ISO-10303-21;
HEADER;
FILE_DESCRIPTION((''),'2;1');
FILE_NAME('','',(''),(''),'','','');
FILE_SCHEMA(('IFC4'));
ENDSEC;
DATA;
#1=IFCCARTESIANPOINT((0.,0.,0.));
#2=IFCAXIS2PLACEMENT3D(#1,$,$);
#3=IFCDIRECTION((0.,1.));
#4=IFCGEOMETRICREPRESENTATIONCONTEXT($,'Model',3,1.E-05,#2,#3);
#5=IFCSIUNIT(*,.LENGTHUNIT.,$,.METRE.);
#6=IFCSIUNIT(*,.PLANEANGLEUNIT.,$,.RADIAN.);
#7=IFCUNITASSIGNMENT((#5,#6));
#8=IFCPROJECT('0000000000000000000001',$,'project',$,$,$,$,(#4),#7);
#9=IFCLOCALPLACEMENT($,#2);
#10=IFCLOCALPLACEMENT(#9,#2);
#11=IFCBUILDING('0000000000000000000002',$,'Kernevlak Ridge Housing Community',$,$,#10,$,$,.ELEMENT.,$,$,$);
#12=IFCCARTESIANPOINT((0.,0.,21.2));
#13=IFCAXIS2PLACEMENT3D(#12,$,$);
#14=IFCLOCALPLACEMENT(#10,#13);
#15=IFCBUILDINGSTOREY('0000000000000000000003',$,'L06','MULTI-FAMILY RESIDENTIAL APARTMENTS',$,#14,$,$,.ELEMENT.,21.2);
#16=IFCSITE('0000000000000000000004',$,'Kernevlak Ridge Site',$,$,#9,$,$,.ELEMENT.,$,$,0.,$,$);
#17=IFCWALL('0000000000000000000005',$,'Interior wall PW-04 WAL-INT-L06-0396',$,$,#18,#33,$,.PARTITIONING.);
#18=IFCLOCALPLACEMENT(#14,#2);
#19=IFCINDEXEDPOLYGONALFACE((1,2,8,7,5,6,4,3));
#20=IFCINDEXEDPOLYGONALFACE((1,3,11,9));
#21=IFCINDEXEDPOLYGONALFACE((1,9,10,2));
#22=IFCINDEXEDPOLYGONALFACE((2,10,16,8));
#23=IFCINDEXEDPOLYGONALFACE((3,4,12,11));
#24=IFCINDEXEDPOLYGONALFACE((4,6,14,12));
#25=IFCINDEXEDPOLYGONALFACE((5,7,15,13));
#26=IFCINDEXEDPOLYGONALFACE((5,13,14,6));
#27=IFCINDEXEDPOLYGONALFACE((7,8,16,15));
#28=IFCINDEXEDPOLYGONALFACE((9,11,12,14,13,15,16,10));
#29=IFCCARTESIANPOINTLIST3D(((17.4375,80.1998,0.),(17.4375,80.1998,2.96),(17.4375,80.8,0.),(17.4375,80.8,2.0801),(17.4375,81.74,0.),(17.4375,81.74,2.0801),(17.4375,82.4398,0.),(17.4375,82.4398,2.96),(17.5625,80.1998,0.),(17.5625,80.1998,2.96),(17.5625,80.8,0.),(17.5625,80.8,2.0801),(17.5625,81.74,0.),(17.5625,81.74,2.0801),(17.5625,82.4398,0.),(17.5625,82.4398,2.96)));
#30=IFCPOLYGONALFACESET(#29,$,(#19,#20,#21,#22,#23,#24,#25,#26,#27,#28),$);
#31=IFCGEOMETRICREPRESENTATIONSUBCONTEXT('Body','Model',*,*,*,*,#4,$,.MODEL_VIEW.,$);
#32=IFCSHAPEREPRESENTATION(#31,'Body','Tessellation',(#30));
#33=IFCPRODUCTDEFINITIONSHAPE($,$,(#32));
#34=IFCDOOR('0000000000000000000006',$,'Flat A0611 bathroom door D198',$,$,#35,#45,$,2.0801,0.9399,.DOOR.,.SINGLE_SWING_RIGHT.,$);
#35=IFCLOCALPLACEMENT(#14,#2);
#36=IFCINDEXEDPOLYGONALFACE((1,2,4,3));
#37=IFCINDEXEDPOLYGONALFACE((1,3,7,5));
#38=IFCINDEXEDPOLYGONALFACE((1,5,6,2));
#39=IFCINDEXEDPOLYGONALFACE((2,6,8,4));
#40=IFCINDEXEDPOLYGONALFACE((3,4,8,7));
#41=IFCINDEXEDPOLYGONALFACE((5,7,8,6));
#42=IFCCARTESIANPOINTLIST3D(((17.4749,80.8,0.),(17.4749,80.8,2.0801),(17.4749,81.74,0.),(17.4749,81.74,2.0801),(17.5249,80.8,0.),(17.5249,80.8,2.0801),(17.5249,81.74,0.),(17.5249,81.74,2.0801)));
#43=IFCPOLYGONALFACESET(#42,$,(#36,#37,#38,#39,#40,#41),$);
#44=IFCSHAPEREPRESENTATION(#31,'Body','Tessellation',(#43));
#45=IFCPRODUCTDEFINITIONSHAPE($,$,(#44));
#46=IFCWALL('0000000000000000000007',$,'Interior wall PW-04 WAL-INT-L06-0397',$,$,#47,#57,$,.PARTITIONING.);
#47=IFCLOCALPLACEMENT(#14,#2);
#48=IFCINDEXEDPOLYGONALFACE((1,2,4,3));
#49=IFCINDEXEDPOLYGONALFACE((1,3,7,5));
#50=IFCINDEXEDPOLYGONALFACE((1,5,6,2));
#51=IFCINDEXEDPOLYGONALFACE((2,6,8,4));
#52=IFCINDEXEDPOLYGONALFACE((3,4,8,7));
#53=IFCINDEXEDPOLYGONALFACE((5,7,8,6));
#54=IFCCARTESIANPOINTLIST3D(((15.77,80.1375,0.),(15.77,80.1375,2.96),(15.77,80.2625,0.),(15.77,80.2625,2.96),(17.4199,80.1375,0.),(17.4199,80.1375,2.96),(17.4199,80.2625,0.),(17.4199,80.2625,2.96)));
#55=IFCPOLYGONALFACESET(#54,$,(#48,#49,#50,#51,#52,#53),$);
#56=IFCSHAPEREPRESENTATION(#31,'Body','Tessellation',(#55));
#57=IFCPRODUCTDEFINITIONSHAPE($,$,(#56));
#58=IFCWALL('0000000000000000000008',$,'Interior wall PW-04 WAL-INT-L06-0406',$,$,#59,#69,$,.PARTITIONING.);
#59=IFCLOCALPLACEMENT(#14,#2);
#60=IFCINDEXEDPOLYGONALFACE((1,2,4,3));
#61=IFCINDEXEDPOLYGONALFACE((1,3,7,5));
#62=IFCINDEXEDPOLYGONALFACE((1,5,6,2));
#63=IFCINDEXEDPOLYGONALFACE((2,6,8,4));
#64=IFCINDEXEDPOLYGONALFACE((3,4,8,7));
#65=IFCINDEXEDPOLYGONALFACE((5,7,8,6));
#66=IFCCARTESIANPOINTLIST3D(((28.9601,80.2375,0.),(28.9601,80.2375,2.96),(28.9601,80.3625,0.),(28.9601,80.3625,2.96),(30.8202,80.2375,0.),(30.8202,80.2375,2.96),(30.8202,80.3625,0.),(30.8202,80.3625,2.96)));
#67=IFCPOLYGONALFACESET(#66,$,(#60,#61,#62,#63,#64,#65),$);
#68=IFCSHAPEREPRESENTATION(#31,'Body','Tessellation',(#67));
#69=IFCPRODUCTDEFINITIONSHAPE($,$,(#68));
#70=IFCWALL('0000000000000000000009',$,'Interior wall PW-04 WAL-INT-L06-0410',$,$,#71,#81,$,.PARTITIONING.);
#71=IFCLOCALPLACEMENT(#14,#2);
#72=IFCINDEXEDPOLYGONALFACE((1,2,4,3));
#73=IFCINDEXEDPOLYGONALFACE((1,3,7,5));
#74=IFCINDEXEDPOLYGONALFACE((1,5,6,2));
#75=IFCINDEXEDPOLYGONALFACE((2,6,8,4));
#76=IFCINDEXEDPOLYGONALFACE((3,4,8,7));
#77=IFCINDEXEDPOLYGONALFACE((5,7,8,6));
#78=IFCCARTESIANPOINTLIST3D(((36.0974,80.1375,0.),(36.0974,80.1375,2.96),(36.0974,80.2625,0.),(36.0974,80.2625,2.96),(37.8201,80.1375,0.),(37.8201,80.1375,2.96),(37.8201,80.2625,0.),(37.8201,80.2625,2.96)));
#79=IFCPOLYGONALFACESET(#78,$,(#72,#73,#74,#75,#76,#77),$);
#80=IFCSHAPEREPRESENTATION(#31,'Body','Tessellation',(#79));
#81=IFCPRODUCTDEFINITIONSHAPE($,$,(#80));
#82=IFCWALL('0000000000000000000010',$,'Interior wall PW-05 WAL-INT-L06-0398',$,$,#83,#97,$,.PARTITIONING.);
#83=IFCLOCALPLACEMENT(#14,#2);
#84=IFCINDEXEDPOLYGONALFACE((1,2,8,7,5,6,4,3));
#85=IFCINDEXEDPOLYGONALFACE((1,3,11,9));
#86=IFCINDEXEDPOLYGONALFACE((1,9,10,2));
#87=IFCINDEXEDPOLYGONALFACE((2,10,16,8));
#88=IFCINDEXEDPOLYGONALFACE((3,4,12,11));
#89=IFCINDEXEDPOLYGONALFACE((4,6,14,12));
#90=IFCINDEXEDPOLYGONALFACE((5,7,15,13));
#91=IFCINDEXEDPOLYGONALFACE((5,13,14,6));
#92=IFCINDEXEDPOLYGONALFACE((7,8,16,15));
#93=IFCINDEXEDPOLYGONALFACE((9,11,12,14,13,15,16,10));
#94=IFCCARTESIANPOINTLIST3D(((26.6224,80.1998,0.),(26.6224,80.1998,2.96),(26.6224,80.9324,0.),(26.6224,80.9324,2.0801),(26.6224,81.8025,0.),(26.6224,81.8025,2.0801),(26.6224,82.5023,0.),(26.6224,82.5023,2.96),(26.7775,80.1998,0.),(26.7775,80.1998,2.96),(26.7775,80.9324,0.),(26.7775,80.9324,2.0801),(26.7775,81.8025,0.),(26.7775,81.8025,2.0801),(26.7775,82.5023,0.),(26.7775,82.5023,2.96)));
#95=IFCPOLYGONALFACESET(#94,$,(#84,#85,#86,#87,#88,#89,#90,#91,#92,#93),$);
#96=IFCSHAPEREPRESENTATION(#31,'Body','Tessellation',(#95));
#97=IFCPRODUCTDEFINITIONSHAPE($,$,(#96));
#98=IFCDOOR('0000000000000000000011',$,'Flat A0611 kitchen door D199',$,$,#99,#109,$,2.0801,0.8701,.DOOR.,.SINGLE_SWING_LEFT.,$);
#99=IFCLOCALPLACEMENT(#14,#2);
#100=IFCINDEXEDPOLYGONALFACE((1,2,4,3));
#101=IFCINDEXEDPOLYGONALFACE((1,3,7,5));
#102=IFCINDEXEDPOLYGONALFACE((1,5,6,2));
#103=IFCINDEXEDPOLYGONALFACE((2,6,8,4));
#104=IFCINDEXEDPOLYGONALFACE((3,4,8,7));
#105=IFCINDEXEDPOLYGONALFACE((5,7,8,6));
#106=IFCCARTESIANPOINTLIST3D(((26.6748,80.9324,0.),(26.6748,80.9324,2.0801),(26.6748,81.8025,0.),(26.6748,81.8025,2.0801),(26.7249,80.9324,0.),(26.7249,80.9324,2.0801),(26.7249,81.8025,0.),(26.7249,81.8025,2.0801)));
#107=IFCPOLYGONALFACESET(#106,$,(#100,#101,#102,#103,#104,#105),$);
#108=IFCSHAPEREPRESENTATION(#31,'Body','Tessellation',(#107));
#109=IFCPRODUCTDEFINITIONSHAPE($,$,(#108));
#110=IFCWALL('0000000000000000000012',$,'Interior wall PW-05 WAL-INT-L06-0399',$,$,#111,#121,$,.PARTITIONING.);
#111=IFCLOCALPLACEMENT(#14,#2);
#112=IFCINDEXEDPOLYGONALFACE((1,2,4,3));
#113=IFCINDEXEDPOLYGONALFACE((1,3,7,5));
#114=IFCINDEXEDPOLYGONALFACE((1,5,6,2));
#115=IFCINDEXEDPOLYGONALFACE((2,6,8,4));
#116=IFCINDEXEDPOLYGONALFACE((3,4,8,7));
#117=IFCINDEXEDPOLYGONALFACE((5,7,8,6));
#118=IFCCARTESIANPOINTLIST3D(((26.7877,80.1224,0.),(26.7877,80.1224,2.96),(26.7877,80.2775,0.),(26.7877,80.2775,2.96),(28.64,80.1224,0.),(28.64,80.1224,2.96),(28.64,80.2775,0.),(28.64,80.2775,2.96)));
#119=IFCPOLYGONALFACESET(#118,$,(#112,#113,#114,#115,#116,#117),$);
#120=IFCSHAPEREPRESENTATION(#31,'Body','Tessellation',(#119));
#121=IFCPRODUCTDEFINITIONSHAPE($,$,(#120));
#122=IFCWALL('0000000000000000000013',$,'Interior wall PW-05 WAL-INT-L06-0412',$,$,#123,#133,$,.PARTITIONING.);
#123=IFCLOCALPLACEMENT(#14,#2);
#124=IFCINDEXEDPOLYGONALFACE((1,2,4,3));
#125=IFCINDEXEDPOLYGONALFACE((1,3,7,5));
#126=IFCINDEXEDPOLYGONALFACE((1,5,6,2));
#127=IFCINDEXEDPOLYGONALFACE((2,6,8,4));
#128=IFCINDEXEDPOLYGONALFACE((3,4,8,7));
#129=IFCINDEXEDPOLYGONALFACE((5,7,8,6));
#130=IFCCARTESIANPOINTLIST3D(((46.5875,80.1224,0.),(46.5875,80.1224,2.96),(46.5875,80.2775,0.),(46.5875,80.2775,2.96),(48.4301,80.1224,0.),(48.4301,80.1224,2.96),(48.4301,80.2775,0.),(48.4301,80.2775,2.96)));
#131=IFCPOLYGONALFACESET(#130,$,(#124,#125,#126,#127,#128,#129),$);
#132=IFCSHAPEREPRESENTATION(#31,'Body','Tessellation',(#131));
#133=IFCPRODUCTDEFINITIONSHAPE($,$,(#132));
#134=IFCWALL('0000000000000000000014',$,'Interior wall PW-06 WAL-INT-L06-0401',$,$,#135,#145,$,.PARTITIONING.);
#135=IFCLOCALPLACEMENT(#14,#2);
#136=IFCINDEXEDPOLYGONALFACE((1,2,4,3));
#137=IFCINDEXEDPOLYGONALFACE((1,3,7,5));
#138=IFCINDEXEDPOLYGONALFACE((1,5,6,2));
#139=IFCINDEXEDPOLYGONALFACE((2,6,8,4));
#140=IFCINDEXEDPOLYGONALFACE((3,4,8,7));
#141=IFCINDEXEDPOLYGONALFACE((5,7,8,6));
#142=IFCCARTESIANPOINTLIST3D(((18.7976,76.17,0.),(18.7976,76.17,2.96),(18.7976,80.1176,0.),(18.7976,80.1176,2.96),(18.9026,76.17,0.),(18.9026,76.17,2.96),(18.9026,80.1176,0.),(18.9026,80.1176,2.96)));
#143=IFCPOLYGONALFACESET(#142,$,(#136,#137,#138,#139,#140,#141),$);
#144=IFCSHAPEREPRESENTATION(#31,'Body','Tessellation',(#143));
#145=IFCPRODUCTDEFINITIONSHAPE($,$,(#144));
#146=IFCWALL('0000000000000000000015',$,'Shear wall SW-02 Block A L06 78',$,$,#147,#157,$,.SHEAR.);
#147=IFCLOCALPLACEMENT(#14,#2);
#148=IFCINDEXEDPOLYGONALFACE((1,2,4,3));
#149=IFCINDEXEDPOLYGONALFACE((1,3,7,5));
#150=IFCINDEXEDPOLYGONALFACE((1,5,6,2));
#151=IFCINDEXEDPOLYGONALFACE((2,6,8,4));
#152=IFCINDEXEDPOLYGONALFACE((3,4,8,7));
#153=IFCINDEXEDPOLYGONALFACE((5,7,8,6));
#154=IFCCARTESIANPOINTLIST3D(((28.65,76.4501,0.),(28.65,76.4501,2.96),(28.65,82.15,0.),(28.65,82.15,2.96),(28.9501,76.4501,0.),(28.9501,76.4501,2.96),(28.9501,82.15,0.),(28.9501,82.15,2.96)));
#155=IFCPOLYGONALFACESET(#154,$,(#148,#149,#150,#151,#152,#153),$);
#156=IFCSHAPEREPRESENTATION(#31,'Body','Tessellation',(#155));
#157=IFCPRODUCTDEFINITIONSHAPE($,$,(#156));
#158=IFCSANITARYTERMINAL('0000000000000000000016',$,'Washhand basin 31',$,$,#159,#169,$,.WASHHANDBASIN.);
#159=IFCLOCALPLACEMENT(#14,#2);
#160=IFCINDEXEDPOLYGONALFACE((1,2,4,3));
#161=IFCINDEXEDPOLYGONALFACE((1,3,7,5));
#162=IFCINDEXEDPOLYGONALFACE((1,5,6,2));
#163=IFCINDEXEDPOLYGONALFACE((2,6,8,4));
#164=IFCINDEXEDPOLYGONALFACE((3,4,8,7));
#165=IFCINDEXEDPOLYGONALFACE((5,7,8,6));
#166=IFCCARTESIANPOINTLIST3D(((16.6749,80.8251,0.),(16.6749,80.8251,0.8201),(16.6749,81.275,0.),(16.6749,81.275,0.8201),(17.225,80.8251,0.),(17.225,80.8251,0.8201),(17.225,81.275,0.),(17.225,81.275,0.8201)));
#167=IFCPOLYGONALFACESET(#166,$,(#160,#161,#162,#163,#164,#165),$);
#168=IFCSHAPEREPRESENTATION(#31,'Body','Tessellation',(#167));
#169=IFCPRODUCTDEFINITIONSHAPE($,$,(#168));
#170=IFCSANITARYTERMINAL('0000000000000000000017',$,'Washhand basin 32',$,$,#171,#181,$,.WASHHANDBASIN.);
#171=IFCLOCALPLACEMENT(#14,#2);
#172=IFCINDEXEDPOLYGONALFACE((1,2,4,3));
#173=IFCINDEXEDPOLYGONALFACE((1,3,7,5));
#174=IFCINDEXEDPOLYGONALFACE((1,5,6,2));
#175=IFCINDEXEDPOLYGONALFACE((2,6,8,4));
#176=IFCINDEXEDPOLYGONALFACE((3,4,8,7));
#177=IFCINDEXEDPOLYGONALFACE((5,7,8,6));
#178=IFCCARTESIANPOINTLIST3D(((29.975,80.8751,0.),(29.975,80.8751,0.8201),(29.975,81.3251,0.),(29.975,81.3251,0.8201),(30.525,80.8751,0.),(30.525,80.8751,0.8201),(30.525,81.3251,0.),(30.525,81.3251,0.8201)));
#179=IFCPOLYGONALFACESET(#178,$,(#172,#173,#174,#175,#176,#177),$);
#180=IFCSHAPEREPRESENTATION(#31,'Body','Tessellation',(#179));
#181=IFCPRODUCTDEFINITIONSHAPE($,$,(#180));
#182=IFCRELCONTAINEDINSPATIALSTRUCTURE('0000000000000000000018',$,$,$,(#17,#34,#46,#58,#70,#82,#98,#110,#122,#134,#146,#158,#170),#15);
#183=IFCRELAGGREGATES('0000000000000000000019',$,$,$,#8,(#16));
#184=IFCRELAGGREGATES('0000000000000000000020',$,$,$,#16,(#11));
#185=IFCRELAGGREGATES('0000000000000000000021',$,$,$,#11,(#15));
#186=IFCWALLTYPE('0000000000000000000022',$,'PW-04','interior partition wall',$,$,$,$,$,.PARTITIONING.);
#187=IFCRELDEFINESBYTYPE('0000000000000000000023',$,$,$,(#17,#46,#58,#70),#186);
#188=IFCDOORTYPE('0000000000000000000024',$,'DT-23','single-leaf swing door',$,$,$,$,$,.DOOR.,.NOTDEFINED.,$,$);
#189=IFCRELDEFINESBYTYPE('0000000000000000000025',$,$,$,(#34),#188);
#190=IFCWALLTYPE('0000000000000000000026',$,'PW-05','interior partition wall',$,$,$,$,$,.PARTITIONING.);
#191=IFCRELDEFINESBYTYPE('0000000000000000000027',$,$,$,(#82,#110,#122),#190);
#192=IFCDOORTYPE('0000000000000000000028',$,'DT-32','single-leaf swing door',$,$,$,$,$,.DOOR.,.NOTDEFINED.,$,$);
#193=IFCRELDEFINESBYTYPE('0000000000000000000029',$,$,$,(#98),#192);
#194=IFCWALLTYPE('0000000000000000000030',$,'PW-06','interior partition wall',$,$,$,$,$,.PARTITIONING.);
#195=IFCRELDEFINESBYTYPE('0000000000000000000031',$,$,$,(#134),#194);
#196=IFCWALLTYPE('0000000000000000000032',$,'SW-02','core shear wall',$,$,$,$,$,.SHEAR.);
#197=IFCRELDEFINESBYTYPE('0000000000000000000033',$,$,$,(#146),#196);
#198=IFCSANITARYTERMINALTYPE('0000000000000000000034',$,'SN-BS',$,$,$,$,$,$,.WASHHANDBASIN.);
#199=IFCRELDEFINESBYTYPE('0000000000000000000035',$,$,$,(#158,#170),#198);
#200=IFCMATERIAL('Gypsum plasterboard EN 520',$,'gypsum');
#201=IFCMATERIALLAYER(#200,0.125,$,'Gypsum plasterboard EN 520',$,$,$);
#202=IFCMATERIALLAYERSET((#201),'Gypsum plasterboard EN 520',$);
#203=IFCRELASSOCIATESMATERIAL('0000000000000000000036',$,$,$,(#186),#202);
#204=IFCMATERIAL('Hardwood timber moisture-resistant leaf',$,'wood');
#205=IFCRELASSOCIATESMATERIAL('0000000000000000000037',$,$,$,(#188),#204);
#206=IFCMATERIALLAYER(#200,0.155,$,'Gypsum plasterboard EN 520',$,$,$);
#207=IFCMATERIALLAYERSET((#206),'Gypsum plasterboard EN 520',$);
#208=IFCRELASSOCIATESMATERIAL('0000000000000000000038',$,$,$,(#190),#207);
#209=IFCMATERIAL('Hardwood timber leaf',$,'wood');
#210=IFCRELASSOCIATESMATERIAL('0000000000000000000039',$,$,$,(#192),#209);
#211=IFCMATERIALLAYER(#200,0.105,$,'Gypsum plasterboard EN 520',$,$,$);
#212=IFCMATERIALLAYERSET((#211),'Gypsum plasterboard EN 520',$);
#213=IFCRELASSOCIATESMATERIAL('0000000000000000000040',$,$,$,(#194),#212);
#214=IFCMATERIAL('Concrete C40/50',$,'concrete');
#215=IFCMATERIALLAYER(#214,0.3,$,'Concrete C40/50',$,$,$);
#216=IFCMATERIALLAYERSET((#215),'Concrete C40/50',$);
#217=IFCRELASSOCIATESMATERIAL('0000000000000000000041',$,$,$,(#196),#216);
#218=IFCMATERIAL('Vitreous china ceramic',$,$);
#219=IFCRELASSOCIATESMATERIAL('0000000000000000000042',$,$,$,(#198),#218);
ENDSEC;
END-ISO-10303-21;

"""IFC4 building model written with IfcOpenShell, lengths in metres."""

from ifc_helpers import new_model, si_unit, direction, frame, frame_2d, origin, origin_2d, place, context, subcontext, project, spatial, rectangle, extrude, material, layer, layer_set, type_object, element, fill, save


model = new_model("IFC4")

# Units and contexts
model_context = context("Model", 3, precision=1e-05, world=origin(), true_north=direction((0.0, 1.0)))
body_context = subcontext(model_context, "Body", "Model", "MODEL_VIEW")
ifc_project = project(units=[si_unit("LENGTHUNIT", "METRE"), si_unit("PLANEANGLEUNIT", "RADIAN")], contexts=[model_context])

# Site, building, storey
site_placement = place(None, origin())
site = spatial("IfcSite", under=ifc_project, at=site_placement, Name="Kernevlak Ridge Site", CompositionType="ELEMENT", RefElevation=0.0)
building_placement = place(site_placement, origin())
building = spatial("IfcBuilding", under=site, at=building_placement, Name="Kernevlak Ridge Housing Community", CompositionType="ELEMENT")
storey_placement = place(building_placement, frame((0.0, 0.0, 21.2)))
storey = spatial("IfcBuildingStorey", under=building, at=storey_placement, Name="L06", Description="MULTI-FAMILY RESIDENTIAL APARTMENTS", CompositionType="ELEMENT", Elevation=21.2)

# Shared definitions
ifc_material_1 = material(Name="Hardwood timber leaf", Category="wood")

# Wall, opening, door
ifc_material_2 = material(Name="Gypsum plasterboard EN 520", Category="gypsum")
ifc_layer_1 = layer(ifc_material_2, 0.125, Name="Gypsum plasterboard EN 520")
ifc_layer_set_1 = layer_set([ifc_layer_1], Name="Gypsum plasterboard EN 520")
wall_type_1 = type_object("IfcWallType", Name="PW-04", Description="interior partition wall", PredefinedType="PARTITIONING", material=ifc_layer_set_1)
wall_1_placement = place(storey_placement, frame((17.5, 82.4399, 0.0), z_axis=(0.0, 0.0, 1.0), x_axis=(0.0, -1.0, 0.0)))
wall_1 = element("IfcWall", 1, at=wall_1_placement, inside=storey, type_object=wall_type_1, Name="Interior wall PW-04 WAL-INT-L06-0396", PredefinedType="PARTITIONING", context=body_context, shape_type="SweptSolid", body=[
    extrude(rectangle(XDim=2.24, YDim=0.125, at=frame_2d((1.1201, 0.0))), origin(), (0.0, 0.0, 1.0), 2.96),
])
opening_1_placement = place(wall_1_placement, frame((0.7, 0.0, 0.0)))
opening_1 = element("IfcOpeningElement", 2, at=opening_1_placement, cuts=wall_1, PredefinedType="OPENING", context=body_context, shape_type="SweptSolid", body=[
    extrude(rectangle(XDim=0.9399, YDim=2.0801, at=frame_2d((0.47, 1.04))), frame((0.0, 0.0725, 0.0), z_axis=(0.0, -1.0, 0.0), x_axis=(1.0, 0.0, 0.0)), (0.0, 0.0, 1.0), 0.145),
])
ifc_material_3 = material(Name="Hardwood timber moisture-resistant leaf", Category="wood")
door_type_1 = type_object("IfcDoorType", Name="DT-23", Description="single-leaf swing door", OperationType="NOTDEFINED", PredefinedType="DOOR", material=ifc_material_3)
door_1_placement = place(opening_1_placement, origin())
door_1 = element("IfcDoor", 3, at=door_1_placement, inside=storey, type_object=door_type_1, Name="Flat A0611 bathroom door D198", OperationType="SINGLE_SWING_RIGHT", OverallHeight=2.0801, OverallWidth=0.9399, PredefinedType="DOOR", context=body_context, shape_type="SweptSolid", body=[
    extrude(rectangle(XDim=0.9399, YDim=2.0801, at=frame_2d((0.47, 1.04))), frame((0.0, 0.0249, 0.0), z_axis=(0.0, -1.0, 0.0), x_axis=(1.0, 0.0, 0.0)), (0.0, 0.0, 1.0), 0.05),
])
fill(opening_1, door_1)

# Walls
wall_2_placement = place(storey_placement, frame((15.77, 80.2, 0.0), z_axis=(0.0, 0.0, 1.0), x_axis=(1.0, 0.0, 0.0)))
element("IfcWall", 4, at=wall_2_placement, inside=storey, type_object=wall_type_1, Name="Interior wall PW-04 WAL-INT-L06-0397", PredefinedType="PARTITIONING", context=body_context, shape_type="SweptSolid", body=[
    extrude(rectangle(XDim=1.6499, YDim=0.125, at=frame_2d((0.825, 0.0))), origin(), (0.0, 0.0, 1.0), 2.96),
])
wall_3_placement = place(storey_placement, frame((28.96, 80.3, 0.0), z_axis=(0.0, 0.0, 1.0), x_axis=(1.0, 0.0, 0.0)))
element("IfcWall", 5, at=wall_3_placement, inside=storey, type_object=wall_type_1, Name="Interior wall PW-04 WAL-INT-L06-0406", PredefinedType="PARTITIONING", context=body_context, shape_type="SweptSolid", body=[
    extrude(rectangle(XDim=1.8601, YDim=0.125, at=frame_2d((0.9302, 0.0))), origin(), (0.0, 0.0, 1.0), 2.96),
])
wall_4_placement = place(storey_placement, frame((36.0974, 80.2, 0.0), z_axis=(0.0, 0.0, 1.0), x_axis=(1.0, 0.0, 0.0)))
element("IfcWall", 6, at=wall_4_placement, inside=storey, type_object=wall_type_1, Name="Interior wall PW-04 WAL-INT-L06-0410", PredefinedType="PARTITIONING", context=body_context, shape_type="SweptSolid", body=[
    extrude(rectangle(XDim=1.7227, YDim=0.125, at=frame_2d((0.8613, 0.0))), origin(), (0.0, 0.0, 1.0), 2.96),
])

# Wall, opening, door
ifc_layer_2 = layer(ifc_material_2, 0.155, Name="Gypsum plasterboard EN 520")
ifc_layer_set_2 = layer_set([ifc_layer_2], Name="Gypsum plasterboard EN 520")
wall_type_2 = type_object("IfcWallType", Name="PW-05", Description="interior partition wall", PredefinedType="PARTITIONING", material=ifc_layer_set_2)
wall_5_placement = place(storey_placement, frame((26.7, 82.5024, 0.0), z_axis=(0.0, 0.0, 1.0), x_axis=(0.0, -1.0, 0.0)))
wall_5 = element("IfcWall", 7, at=wall_5_placement, inside=storey, type_object=wall_type_2, Name="Interior wall PW-05 WAL-INT-L06-0398", PredefinedType="PARTITIONING", context=body_context, shape_type="SweptSolid", body=[
    extrude(rectangle(XDim=2.3025, YDim=0.155, at=frame_2d((1.1514, 0.0))), origin(), (0.0, 0.0, 1.0), 2.96),
])
opening_2_placement = place(wall_5_placement, frame((0.7, 0.0, 0.0)))
opening_2 = element("IfcOpeningElement", 8, at=opening_2_placement, cuts=wall_5, PredefinedType="OPENING", context=body_context, shape_type="SweptSolid", body=[
    extrude(rectangle(XDim=0.8701, YDim=2.0801, at=frame_2d((0.4351, 1.04))), frame((0.0, 0.0874, 0.0), z_axis=(0.0, -1.0, 0.0), x_axis=(1.0, 0.0, 0.0)), (0.0, 0.0, 1.0), 0.175),
])
door_type_2 = type_object("IfcDoorType", Name="DT-32", Description="single-leaf swing door", OperationType="NOTDEFINED", PredefinedType="DOOR", material=ifc_material_1)
door_2_placement = place(opening_2_placement, origin())
door_2 = element("IfcDoor", 9, at=door_2_placement, inside=storey, type_object=door_type_2, Name="Flat A0611 kitchen door D199", OperationType="SINGLE_SWING_LEFT", OverallHeight=2.0801, OverallWidth=0.8701, PredefinedType="DOOR", context=body_context, shape_type="SweptSolid", body=[
    extrude(rectangle(XDim=0.8701, YDim=2.0801, at=frame_2d((0.4351, 1.04))), frame((0.0, 0.0249, 0.0), z_axis=(0.0, -1.0, 0.0), x_axis=(1.0, 0.0, 0.0)), (0.0, 0.0, 1.0), 0.05),
])
fill(opening_2, door_2)

# Walls
wall_6_placement = place(storey_placement, frame((26.7876, 80.2, 0.0), z_axis=(0.0, 0.0, 1.0), x_axis=(1.0, 0.0, 0.0)))
element("IfcWall", 10, at=wall_6_placement, inside=storey, type_object=wall_type_2, Name="Interior wall PW-05 WAL-INT-L06-0399", PredefinedType="PARTITIONING", context=body_context, shape_type="SweptSolid", body=[
    extrude(rectangle(XDim=1.8523, YDim=0.155, at=frame_2d((0.9263, 0.0))), origin(), (0.0, 0.0, 1.0), 2.96),
])
wall_7_placement = place(storey_placement, frame((46.5874, 80.2, 0.0), z_axis=(0.0, 0.0, 1.0), x_axis=(1.0, 0.0, 0.0)))
element("IfcWall", 11, at=wall_7_placement, inside=storey, type_object=wall_type_2, Name="Interior wall PW-05 WAL-INT-L06-0412", PredefinedType="PARTITIONING", context=body_context, shape_type="SweptSolid", body=[
    extrude(rectangle(XDim=1.8425, YDim=0.155, at=frame_2d((0.9214, 0.0))), origin(), (0.0, 0.0, 1.0), 2.96),
])
ifc_layer_3 = layer(ifc_material_2, 0.105, Name="Gypsum plasterboard EN 520")
ifc_layer_set_3 = layer_set([ifc_layer_3], Name="Gypsum plasterboard EN 520")
wall_type_3 = type_object("IfcWallType", Name="PW-06", Description="interior partition wall", PredefinedType="PARTITIONING", material=ifc_layer_set_3)
wall_8_placement = place(storey_placement, frame((18.8501, 80.1174, 0.0), z_axis=(0.0, 0.0, 1.0), x_axis=(0.0, -1.0, 0.0)))
element("IfcWall", 12, at=wall_8_placement, inside=storey, type_object=wall_type_3, Name="Interior wall PW-06 WAL-INT-L06-0401", PredefinedType="PARTITIONING", context=body_context, shape_type="SweptSolid", body=[
    extrude(rectangle(XDim=3.9475, YDim=0.105, at=frame_2d((1.9736, 0.0))), origin(), (0.0, 0.0, 1.0), 2.96),
])
ifc_material_4 = material(Name="Concrete C40/50", Category="concrete")
ifc_layer_4 = layer(ifc_material_4, 0.3, Name="Concrete C40/50")
ifc_layer_set_4 = layer_set([ifc_layer_4], Name="Concrete C40/50")
wall_type_4 = type_object("IfcWallType", Name="SW-02", Description="core shear wall", PredefinedType="SHEAR", material=ifc_layer_set_4)
wall_9_placement = place(storey_placement, frame((28.8, 76.45, 0.0), z_axis=(0.0, 0.0, 1.0), x_axis=(0.0, 1.0, 0.0)))
element("IfcWall", 13, at=wall_9_placement, inside=storey, type_object=wall_type_4, Name="Shear wall SW-02 Block A L06 78", PredefinedType="SHEAR", context=body_context, shape_type="SweptSolid", body=[
    extrude(rectangle(XDim=5.7, YDim=0.3, at=frame_2d((2.8501, 0.0))), origin(), (0.0, 0.0, 1.0), 2.96),
])

# Sanitary terminals
ifc_material_5 = material(Name="Vitreous china ceramic")
sanitary_terminal_type_1 = type_object("IfcSanitaryTerminalType", Name="SN-BS", PredefinedType="WASHHANDBASIN", material=ifc_material_5)
for number, where, z_axis, x_axis, name in (
    (14, (16.95, 81.05, 0.0), (0.0, 0.0, 1.0), (1.0, 0.0, 0.0), "Washhand basin 31"),
    (15, (30.25, 81.1001, 0.0), (0.0, 0.0, 1.0), (1.0, 0.0, 0.0), "Washhand basin 32"),
):
    element("IfcSanitaryTerminal", number, at=place(storey_placement, frame(where, z_axis=z_axis, x_axis=x_axis)), inside=storey, type_object=sanitary_terminal_type_1, Name=name, PredefinedType="WASHHANDBASIN", context=body_context, shape_type="SweptSolid", body=[
        extrude(rectangle(XDim=0.55, YDim=0.45, at=origin_2d()), origin(), (0.0, 0.0, 1.0), 0.8201),
    ])

save(model, "model.ifc")
